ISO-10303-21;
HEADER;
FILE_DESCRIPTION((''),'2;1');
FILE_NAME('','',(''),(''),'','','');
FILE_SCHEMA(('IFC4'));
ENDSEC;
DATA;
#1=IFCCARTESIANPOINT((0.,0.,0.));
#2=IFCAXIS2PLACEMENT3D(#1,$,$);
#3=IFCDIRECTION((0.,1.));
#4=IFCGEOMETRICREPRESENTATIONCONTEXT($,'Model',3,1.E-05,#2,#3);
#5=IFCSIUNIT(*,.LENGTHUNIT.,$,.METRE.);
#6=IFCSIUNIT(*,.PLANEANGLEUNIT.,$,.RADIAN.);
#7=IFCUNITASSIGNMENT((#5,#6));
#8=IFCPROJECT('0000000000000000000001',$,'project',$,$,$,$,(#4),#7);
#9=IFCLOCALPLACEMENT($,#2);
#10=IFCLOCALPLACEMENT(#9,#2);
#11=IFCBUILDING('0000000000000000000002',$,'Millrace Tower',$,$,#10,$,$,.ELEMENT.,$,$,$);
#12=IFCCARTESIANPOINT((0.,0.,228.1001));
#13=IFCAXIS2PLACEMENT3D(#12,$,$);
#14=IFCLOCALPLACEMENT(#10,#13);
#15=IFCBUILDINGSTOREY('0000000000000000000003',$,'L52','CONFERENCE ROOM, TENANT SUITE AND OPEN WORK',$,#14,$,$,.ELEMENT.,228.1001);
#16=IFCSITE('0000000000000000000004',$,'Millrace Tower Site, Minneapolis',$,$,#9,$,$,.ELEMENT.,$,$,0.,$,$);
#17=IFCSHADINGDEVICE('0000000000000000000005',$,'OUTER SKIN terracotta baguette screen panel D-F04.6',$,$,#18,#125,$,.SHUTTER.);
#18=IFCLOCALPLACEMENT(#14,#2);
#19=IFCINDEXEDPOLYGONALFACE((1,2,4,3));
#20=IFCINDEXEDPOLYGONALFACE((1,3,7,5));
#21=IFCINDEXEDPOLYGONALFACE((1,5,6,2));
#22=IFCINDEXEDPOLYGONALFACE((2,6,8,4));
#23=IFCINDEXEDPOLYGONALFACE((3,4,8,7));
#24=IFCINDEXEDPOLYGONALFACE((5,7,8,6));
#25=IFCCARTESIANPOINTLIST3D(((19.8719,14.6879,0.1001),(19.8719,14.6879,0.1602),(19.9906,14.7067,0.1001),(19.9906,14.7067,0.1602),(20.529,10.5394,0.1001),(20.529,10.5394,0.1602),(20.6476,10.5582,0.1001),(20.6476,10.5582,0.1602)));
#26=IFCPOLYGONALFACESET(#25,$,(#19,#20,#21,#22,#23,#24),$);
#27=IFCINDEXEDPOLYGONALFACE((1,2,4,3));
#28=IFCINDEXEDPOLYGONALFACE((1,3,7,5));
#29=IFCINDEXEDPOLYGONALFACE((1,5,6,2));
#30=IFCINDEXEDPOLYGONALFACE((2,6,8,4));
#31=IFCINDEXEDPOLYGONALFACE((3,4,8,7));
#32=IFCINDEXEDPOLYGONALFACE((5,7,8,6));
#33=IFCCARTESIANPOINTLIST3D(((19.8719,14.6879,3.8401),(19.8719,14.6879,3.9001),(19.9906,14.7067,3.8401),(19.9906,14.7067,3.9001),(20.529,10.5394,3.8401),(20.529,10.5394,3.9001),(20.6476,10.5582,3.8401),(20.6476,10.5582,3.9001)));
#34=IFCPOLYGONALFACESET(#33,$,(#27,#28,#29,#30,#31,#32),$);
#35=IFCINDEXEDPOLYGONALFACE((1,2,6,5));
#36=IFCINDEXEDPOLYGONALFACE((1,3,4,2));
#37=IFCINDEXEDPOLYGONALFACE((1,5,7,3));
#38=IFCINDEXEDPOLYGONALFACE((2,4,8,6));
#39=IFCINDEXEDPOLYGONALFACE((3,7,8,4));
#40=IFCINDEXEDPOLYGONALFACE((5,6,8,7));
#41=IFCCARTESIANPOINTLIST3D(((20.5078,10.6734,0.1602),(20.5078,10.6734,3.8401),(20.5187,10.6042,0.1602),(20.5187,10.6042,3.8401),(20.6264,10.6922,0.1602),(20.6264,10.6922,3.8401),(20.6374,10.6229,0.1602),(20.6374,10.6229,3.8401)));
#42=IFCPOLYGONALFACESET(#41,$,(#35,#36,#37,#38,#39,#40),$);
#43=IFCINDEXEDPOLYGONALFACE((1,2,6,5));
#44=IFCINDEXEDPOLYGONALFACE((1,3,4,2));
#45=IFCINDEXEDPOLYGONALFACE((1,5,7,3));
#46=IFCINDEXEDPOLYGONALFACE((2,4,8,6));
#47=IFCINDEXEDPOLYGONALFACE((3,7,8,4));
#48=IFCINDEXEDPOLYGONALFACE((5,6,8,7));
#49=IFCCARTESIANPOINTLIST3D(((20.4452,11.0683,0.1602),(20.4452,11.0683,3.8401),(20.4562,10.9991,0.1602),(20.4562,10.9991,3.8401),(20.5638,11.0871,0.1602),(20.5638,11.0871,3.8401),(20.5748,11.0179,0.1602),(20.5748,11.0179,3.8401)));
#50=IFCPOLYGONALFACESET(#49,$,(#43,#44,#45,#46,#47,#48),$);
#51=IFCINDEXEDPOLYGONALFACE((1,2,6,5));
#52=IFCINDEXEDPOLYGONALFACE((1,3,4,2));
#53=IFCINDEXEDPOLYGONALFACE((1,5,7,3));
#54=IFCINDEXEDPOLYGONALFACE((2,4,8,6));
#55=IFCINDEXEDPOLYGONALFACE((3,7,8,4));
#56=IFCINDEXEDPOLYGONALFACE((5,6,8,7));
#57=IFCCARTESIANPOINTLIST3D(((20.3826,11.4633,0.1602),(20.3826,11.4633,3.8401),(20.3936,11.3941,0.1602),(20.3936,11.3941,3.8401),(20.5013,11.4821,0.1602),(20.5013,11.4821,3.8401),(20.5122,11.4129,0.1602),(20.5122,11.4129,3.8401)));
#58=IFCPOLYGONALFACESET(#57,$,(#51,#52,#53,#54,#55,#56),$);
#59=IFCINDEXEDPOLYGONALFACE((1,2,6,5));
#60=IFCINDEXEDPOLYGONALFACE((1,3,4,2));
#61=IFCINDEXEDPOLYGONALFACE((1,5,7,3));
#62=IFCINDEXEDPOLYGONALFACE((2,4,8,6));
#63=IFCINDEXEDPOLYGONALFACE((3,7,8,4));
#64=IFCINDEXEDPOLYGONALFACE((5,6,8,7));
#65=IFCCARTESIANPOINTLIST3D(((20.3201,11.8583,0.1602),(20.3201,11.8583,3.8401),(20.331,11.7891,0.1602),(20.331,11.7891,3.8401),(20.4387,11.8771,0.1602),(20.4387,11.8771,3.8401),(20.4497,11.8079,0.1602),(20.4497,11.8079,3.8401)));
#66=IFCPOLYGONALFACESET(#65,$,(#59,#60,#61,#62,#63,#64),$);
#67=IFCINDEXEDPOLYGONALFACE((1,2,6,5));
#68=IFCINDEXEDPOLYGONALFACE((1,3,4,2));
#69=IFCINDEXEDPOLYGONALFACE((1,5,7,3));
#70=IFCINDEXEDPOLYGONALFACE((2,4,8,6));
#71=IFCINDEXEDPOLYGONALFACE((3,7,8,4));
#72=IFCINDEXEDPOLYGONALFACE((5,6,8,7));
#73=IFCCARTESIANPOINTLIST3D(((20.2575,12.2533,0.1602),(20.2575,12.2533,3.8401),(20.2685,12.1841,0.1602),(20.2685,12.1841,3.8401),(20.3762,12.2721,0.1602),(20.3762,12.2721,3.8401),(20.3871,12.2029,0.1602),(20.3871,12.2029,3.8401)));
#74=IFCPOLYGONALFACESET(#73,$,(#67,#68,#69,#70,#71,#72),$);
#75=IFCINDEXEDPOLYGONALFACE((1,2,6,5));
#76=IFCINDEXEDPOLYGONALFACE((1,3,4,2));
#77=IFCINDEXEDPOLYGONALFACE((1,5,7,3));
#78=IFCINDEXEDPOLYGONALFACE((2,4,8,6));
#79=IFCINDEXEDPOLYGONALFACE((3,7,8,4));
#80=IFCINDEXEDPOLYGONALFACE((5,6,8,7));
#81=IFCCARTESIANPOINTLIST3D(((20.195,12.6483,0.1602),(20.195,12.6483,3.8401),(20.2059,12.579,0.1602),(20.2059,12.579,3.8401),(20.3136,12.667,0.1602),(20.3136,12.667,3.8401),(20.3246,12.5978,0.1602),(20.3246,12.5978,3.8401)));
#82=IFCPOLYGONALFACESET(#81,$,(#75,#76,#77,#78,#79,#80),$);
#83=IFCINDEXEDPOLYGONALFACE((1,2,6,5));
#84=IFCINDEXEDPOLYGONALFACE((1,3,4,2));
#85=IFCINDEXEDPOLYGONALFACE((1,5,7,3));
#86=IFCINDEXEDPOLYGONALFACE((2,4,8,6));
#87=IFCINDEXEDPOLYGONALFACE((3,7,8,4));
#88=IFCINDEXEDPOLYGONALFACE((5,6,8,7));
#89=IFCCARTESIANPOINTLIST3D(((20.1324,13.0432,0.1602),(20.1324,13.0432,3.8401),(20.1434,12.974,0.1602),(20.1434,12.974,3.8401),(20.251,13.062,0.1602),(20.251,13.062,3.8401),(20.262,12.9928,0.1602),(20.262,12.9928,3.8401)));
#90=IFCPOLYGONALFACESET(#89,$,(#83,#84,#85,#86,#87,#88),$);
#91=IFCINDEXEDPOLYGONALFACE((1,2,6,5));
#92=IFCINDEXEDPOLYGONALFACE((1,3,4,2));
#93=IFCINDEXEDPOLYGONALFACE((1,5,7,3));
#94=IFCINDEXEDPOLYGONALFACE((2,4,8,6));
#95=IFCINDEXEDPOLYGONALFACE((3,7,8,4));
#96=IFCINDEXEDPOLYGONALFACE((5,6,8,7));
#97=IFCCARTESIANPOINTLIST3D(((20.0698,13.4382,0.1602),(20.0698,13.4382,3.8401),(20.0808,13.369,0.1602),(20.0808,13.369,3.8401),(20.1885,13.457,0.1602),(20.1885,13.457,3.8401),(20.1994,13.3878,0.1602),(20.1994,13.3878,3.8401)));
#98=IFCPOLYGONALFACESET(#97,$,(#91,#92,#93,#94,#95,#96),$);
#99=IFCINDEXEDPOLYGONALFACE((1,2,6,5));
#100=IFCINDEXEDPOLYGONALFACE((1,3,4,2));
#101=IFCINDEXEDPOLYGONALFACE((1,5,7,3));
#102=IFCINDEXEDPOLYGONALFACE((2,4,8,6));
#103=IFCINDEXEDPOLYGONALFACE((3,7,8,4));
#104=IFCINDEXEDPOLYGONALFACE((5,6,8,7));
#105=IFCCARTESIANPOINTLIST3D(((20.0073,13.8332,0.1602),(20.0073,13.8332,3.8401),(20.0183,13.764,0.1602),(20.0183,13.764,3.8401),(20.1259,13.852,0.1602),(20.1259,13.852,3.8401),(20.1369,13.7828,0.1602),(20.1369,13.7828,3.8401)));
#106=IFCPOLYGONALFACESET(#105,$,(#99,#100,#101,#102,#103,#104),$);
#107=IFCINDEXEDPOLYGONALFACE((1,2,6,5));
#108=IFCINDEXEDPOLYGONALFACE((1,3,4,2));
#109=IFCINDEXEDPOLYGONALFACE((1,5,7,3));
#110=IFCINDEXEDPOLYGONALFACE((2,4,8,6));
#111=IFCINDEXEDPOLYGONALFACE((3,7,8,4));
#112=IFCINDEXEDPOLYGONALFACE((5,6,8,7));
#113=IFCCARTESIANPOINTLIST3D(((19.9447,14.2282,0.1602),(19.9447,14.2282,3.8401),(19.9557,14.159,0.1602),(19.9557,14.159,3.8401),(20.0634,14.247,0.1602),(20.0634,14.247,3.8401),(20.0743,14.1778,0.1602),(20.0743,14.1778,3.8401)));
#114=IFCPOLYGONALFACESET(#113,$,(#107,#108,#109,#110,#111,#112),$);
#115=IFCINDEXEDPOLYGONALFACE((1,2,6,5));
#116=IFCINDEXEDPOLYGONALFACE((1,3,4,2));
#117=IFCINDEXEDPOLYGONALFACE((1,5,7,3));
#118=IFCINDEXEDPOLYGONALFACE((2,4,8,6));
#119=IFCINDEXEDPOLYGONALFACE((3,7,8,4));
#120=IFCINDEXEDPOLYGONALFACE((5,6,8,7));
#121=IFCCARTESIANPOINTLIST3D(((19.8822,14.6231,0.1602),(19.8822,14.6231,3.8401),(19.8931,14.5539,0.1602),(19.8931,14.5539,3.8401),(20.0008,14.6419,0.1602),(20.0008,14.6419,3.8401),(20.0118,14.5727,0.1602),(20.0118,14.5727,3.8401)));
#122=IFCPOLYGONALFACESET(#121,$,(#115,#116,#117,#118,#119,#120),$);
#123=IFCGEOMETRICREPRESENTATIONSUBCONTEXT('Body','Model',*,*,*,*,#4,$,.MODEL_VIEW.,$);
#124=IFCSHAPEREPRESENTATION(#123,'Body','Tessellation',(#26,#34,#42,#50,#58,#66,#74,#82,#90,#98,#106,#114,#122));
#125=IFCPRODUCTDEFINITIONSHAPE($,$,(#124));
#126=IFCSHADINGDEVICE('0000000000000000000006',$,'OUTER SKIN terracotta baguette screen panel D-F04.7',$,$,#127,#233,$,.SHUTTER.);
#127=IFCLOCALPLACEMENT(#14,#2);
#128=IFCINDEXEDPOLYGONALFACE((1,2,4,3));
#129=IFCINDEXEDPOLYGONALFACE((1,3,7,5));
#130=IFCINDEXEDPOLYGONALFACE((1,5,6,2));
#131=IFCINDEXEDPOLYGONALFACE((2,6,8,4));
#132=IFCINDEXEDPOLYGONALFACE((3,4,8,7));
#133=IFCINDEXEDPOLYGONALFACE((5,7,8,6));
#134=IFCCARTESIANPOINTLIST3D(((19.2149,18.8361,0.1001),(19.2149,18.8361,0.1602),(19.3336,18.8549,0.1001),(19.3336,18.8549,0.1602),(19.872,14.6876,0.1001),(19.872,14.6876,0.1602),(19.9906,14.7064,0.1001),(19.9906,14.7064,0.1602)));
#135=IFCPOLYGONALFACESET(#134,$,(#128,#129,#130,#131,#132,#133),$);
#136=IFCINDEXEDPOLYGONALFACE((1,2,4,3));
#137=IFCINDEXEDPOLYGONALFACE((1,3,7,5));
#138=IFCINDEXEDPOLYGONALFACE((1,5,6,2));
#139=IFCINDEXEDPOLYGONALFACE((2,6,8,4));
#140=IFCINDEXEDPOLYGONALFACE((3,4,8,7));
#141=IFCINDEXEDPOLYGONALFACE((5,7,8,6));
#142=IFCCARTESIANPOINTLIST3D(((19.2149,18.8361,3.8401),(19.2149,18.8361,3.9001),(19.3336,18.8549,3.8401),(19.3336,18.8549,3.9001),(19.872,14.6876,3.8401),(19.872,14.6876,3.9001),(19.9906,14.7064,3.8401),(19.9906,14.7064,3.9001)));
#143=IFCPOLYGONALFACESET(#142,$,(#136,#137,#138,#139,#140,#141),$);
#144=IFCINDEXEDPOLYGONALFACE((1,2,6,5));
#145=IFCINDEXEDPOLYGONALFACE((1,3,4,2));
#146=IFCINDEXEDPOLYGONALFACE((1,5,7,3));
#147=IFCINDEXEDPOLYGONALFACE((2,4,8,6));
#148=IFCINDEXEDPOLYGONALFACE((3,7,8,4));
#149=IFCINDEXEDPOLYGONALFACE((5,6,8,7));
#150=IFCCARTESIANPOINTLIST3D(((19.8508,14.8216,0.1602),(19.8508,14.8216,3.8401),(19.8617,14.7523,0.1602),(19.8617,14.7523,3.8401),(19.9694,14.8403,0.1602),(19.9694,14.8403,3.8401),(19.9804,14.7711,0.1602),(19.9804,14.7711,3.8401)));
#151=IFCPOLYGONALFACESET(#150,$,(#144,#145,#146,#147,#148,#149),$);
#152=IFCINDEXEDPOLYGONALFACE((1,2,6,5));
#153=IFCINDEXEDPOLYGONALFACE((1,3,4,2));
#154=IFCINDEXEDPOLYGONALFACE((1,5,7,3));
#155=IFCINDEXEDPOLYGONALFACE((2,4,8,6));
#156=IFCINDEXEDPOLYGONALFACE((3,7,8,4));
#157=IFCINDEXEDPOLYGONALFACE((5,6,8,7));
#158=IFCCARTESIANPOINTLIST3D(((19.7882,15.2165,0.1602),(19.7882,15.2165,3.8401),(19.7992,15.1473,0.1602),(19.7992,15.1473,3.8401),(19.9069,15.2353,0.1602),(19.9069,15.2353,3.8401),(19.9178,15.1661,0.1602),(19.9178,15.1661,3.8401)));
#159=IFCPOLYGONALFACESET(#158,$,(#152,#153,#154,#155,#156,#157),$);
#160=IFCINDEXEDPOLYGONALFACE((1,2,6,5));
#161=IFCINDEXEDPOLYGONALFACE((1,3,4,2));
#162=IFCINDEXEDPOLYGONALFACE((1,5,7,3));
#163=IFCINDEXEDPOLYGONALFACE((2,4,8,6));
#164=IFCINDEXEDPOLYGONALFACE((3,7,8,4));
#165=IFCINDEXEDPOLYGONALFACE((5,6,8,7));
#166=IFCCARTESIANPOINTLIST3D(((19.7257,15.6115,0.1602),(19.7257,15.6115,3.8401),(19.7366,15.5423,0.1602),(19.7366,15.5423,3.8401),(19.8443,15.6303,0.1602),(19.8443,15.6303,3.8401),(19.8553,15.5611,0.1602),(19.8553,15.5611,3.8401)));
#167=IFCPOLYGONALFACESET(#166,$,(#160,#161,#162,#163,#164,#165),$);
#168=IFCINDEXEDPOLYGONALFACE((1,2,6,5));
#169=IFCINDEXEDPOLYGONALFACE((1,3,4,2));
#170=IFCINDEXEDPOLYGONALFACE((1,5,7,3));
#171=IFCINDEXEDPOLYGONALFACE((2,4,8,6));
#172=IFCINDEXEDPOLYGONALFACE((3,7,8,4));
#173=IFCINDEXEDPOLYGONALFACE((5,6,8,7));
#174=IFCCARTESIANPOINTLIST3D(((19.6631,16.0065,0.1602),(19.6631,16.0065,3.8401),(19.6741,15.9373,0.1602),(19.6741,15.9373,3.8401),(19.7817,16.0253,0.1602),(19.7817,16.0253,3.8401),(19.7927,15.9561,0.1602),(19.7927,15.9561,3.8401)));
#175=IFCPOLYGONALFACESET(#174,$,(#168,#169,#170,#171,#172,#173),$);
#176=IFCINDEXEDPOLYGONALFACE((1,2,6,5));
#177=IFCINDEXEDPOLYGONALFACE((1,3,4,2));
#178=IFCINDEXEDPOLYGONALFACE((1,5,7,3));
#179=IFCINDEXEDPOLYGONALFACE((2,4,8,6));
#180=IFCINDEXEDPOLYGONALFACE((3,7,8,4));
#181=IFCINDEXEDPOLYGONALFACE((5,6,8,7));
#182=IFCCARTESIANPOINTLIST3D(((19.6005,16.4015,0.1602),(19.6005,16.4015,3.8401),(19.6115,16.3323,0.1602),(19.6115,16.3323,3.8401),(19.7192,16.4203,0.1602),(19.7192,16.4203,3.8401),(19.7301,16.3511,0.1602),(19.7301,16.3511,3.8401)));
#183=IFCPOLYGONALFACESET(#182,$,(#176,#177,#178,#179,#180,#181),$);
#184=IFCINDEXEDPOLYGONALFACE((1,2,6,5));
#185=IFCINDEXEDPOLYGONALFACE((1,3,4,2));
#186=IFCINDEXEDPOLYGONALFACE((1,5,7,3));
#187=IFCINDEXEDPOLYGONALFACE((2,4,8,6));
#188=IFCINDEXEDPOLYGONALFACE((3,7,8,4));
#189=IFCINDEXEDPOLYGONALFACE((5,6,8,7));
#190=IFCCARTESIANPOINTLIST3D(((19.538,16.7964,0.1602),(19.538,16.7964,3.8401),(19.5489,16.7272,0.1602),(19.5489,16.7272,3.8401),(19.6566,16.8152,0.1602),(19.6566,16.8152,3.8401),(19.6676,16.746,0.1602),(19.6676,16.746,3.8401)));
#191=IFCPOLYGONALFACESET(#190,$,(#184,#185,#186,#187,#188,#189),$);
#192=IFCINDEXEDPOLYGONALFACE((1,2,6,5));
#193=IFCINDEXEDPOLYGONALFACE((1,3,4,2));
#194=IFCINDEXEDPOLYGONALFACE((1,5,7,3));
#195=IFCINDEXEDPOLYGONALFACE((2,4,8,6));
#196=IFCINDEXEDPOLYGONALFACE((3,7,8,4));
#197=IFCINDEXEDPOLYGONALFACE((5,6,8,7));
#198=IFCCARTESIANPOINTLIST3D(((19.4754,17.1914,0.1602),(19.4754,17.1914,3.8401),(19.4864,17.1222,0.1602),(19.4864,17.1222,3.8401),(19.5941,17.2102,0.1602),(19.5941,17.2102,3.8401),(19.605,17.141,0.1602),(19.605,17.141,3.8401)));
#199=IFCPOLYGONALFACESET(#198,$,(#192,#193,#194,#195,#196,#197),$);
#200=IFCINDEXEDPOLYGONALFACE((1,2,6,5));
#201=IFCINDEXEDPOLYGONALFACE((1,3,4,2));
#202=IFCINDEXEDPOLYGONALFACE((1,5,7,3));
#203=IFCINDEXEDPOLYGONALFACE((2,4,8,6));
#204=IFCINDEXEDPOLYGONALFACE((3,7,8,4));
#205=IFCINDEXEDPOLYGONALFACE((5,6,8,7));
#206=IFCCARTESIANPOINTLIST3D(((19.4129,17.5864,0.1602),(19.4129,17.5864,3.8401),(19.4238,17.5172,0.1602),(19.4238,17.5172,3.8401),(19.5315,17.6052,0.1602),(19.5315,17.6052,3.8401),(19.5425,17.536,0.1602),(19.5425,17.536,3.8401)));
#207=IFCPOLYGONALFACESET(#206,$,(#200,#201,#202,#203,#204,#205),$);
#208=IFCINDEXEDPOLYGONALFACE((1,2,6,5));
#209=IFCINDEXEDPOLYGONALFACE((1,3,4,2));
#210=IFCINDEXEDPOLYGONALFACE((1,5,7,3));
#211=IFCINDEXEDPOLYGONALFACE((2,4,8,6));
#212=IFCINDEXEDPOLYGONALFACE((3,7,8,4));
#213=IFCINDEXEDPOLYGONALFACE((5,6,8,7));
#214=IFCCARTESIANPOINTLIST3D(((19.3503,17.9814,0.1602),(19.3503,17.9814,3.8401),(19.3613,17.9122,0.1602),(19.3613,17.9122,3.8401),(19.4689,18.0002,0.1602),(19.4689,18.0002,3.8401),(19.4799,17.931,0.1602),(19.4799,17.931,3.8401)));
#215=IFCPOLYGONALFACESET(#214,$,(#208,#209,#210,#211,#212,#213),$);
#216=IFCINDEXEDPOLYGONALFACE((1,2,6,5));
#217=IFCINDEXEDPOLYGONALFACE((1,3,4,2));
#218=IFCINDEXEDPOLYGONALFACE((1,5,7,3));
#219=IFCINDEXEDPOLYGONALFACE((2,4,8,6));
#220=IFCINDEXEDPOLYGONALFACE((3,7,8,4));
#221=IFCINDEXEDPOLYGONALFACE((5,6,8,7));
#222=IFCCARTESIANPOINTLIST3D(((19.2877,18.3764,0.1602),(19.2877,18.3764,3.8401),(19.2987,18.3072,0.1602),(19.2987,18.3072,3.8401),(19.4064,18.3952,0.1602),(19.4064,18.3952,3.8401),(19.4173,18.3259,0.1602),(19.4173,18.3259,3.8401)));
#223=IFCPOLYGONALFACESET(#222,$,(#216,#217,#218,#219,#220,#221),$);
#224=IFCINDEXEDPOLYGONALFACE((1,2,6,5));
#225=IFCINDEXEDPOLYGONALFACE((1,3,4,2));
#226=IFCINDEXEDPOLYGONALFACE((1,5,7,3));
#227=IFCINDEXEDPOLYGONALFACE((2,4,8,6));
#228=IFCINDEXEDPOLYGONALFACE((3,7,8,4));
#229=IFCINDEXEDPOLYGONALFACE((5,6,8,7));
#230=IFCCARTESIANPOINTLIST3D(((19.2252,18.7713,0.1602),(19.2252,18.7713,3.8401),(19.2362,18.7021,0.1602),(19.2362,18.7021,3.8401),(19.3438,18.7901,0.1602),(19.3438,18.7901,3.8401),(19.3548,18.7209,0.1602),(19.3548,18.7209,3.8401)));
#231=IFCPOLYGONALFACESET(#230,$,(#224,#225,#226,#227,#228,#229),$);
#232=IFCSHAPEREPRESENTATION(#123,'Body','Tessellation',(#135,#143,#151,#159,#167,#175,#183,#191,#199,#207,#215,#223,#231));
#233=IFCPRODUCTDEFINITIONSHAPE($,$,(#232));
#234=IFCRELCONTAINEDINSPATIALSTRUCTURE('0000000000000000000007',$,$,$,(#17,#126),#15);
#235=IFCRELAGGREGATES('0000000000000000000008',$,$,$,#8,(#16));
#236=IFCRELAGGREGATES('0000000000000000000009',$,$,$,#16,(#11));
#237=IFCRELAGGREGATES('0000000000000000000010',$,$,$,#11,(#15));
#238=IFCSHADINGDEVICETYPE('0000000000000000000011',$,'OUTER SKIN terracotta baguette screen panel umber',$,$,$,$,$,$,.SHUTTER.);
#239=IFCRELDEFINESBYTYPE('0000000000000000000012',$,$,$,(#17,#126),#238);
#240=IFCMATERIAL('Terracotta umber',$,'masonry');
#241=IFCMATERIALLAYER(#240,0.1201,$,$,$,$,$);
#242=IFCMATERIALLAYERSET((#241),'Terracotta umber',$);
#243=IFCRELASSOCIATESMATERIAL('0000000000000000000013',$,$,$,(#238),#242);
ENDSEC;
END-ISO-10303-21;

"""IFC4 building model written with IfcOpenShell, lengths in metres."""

from ifc_helpers import new_model, entity, si_unit, direction, frame, frame_2d, origin, origin_2d, place, context, subcontext, project, spatial, rectangle, extrude, source, transform, mapped, material, layer, layer_set, type_object, element, save


model = new_model("IFC4")

# Units and contexts
model_context = context("Model", 3, precision=1e-05, world=origin(), true_north=direction((0.0, 1.0)))
body_context = subcontext(model_context, "Body", "Model", "MODEL_VIEW")
ifc_project = project(units=[si_unit("LENGTHUNIT", "METRE"), si_unit("PLANEANGLEUNIT", "RADIAN")], contexts=[model_context])

# Site, building, storey
site_placement = place(None, origin())
site = spatial("IfcSite", under=ifc_project, at=site_placement, Name="Millrace Tower Site, Minneapolis", CompositionType="ELEMENT", RefElevation=0.0)
building_placement = place(site_placement, origin())
building = spatial("IfcBuilding", under=site, at=building_placement, Name="Millrace Tower", CompositionType="ELEMENT")
storey_placement = place(building_placement, frame((0.0, 0.0, 228.1001)))
storey = spatial("IfcBuildingStorey", under=building, at=storey_placement, Name="L52", Description="CONFERENCE ROOM, TENANT SUITE AND OPEN WORK", CompositionType="ELEMENT", Elevation=228.1001)

# Shading devices
ifc_material_1 = material(Name="Terracotta umber", Category="masonry")
ifc_layer_1 = layer(ifc_material_1, 0.1201)
ifc_layer_set_1 = layer_set([ifc_layer_1], Name="Terracotta umber")
shading_device_type = type_object("IfcShadingDeviceType", Name="OUTER SKIN terracotta baguette screen panel umber", PredefinedType="SHUTTER", material=ifc_layer_set_1)
cartesian_point = entity("IfcCartesianPoint", [-2.1001, 0.0601])
shared_polyline = entity("IfcPolyline", [cartesian_point, entity("IfcCartesianPoint", [2.1001, 0.0601]), entity("IfcCartesianPoint", [2.1001, -0.0601]), entity("IfcCartesianPoint", [-2.1001, -0.0601]), cartesian_point])
shared_shape = source(origin(), body_context, "Body", "SweptSolid", [
    entity("IfcExtrudedAreaSolid", entity("IfcArbitraryClosedProfileDef", "AREA", None, shared_polyline), entity("IfcAxis2Placement3D", entity("IfcCartesianPoint", [0.0, 0.0, 0.0])), entity("IfcDirection", [0.0, 0.0, 1.0]), 0.0601),
    entity("IfcExtrudedAreaSolid", entity("IfcArbitraryClosedProfileDef", "AREA", None, shared_polyline), entity("IfcAxis2Placement3D", entity("IfcCartesianPoint", [0.0, 0.0, 3.74])), entity("IfcDirection", [0.0, 0.0, 1.0]), 0.0601),
    extrude(rectangle(XDim=0.0701, YDim=0.1201, at=frame_2d((-1.9995, 0.0))), frame((0.0, 0.0, 0.0601)), (0.0, 0.0, 1.0), 3.6799),
    extrude(rectangle(XDim=0.0701, YDim=0.1201, at=frame_2d((-1.5996, 0.0))), frame((0.0, 0.0, 0.0601)), (0.0, 0.0, 1.0), 3.6799),
    extrude(rectangle(XDim=0.0701, YDim=0.1201, at=frame_2d((-1.1997, 0.0))), frame((0.0, 0.0, 0.0601)), (0.0, 0.0, 1.0), 3.6799),
    extrude(rectangle(XDim=0.0701, YDim=0.1201, at=frame_2d((-0.7998, 0.0))), frame((0.0, 0.0, 0.0601)), (0.0, 0.0, 1.0), 3.6799),
    extrude(rectangle(XDim=0.0701, YDim=0.1201, at=frame_2d((-0.3999, 0.0))), frame((0.0, 0.0, 0.0601)), (0.0, 0.0, 1.0), 3.6799),
    extrude(rectangle(XDim=0.0701, YDim=0.1201, at=origin_2d()), frame((0.0, 0.0, 0.0601)), (0.0, 0.0, 1.0), 3.6799),
    extrude(rectangle(XDim=0.0701, YDim=0.1201, at=frame_2d((0.3999, 0.0))), frame((0.0, 0.0, 0.0601)), (0.0, 0.0, 1.0), 3.6799),
    extrude(rectangle(XDim=0.0701, YDim=0.1201, at=frame_2d((0.7998, 0.0))), frame((0.0, 0.0, 0.0601)), (0.0, 0.0, 1.0), 3.6799),
    extrude(rectangle(XDim=0.0701, YDim=0.1201, at=frame_2d((1.1997, 0.0))), frame((0.0, 0.0, 0.0601)), (0.0, 0.0, 1.0), 3.6799),
    extrude(rectangle(XDim=0.0701, YDim=0.1201, at=frame_2d((1.5996, 0.0))), frame((0.0, 0.0, 0.0601)), (0.0, 0.0, 1.0), 3.6799),
    extrude(rectangle(XDim=0.0701, YDim=0.1201, at=frame_2d((1.9995, 0.0))), frame((0.0, 0.0, 0.0601)), (0.0, 0.0, 1.0), 3.6799),
])
for number, where, z_axis, x_axis, name in (
    (1, (20.2598, 12.623, 0.1001), (0.0, 0.0, 1.0), (-0.156434, 0.987688, 0.0), "OUTER SKIN terracotta baguette screen panel D-F04.6"),
    (2, (19.6028, 16.7712, 0.1001), (0.0, 0.0, 1.0), (-0.156434, 0.987688, 0.0), "OUTER SKIN terracotta baguette screen panel D-F04.7"),
):
    element("IfcShadingDevice", number, at=place(storey_placement, frame(where, z_axis=z_axis, x_axis=x_axis)), inside=storey, type_object=shading_device_type, Name=name, PredefinedType="SHUTTER", context=body_context, shape_type="MappedRepresentation", body=[
        mapped(shared_shape, transform((0.0, 0.0, 0.0), scale=1.0)),
    ])

save(model, "model.ifc")
